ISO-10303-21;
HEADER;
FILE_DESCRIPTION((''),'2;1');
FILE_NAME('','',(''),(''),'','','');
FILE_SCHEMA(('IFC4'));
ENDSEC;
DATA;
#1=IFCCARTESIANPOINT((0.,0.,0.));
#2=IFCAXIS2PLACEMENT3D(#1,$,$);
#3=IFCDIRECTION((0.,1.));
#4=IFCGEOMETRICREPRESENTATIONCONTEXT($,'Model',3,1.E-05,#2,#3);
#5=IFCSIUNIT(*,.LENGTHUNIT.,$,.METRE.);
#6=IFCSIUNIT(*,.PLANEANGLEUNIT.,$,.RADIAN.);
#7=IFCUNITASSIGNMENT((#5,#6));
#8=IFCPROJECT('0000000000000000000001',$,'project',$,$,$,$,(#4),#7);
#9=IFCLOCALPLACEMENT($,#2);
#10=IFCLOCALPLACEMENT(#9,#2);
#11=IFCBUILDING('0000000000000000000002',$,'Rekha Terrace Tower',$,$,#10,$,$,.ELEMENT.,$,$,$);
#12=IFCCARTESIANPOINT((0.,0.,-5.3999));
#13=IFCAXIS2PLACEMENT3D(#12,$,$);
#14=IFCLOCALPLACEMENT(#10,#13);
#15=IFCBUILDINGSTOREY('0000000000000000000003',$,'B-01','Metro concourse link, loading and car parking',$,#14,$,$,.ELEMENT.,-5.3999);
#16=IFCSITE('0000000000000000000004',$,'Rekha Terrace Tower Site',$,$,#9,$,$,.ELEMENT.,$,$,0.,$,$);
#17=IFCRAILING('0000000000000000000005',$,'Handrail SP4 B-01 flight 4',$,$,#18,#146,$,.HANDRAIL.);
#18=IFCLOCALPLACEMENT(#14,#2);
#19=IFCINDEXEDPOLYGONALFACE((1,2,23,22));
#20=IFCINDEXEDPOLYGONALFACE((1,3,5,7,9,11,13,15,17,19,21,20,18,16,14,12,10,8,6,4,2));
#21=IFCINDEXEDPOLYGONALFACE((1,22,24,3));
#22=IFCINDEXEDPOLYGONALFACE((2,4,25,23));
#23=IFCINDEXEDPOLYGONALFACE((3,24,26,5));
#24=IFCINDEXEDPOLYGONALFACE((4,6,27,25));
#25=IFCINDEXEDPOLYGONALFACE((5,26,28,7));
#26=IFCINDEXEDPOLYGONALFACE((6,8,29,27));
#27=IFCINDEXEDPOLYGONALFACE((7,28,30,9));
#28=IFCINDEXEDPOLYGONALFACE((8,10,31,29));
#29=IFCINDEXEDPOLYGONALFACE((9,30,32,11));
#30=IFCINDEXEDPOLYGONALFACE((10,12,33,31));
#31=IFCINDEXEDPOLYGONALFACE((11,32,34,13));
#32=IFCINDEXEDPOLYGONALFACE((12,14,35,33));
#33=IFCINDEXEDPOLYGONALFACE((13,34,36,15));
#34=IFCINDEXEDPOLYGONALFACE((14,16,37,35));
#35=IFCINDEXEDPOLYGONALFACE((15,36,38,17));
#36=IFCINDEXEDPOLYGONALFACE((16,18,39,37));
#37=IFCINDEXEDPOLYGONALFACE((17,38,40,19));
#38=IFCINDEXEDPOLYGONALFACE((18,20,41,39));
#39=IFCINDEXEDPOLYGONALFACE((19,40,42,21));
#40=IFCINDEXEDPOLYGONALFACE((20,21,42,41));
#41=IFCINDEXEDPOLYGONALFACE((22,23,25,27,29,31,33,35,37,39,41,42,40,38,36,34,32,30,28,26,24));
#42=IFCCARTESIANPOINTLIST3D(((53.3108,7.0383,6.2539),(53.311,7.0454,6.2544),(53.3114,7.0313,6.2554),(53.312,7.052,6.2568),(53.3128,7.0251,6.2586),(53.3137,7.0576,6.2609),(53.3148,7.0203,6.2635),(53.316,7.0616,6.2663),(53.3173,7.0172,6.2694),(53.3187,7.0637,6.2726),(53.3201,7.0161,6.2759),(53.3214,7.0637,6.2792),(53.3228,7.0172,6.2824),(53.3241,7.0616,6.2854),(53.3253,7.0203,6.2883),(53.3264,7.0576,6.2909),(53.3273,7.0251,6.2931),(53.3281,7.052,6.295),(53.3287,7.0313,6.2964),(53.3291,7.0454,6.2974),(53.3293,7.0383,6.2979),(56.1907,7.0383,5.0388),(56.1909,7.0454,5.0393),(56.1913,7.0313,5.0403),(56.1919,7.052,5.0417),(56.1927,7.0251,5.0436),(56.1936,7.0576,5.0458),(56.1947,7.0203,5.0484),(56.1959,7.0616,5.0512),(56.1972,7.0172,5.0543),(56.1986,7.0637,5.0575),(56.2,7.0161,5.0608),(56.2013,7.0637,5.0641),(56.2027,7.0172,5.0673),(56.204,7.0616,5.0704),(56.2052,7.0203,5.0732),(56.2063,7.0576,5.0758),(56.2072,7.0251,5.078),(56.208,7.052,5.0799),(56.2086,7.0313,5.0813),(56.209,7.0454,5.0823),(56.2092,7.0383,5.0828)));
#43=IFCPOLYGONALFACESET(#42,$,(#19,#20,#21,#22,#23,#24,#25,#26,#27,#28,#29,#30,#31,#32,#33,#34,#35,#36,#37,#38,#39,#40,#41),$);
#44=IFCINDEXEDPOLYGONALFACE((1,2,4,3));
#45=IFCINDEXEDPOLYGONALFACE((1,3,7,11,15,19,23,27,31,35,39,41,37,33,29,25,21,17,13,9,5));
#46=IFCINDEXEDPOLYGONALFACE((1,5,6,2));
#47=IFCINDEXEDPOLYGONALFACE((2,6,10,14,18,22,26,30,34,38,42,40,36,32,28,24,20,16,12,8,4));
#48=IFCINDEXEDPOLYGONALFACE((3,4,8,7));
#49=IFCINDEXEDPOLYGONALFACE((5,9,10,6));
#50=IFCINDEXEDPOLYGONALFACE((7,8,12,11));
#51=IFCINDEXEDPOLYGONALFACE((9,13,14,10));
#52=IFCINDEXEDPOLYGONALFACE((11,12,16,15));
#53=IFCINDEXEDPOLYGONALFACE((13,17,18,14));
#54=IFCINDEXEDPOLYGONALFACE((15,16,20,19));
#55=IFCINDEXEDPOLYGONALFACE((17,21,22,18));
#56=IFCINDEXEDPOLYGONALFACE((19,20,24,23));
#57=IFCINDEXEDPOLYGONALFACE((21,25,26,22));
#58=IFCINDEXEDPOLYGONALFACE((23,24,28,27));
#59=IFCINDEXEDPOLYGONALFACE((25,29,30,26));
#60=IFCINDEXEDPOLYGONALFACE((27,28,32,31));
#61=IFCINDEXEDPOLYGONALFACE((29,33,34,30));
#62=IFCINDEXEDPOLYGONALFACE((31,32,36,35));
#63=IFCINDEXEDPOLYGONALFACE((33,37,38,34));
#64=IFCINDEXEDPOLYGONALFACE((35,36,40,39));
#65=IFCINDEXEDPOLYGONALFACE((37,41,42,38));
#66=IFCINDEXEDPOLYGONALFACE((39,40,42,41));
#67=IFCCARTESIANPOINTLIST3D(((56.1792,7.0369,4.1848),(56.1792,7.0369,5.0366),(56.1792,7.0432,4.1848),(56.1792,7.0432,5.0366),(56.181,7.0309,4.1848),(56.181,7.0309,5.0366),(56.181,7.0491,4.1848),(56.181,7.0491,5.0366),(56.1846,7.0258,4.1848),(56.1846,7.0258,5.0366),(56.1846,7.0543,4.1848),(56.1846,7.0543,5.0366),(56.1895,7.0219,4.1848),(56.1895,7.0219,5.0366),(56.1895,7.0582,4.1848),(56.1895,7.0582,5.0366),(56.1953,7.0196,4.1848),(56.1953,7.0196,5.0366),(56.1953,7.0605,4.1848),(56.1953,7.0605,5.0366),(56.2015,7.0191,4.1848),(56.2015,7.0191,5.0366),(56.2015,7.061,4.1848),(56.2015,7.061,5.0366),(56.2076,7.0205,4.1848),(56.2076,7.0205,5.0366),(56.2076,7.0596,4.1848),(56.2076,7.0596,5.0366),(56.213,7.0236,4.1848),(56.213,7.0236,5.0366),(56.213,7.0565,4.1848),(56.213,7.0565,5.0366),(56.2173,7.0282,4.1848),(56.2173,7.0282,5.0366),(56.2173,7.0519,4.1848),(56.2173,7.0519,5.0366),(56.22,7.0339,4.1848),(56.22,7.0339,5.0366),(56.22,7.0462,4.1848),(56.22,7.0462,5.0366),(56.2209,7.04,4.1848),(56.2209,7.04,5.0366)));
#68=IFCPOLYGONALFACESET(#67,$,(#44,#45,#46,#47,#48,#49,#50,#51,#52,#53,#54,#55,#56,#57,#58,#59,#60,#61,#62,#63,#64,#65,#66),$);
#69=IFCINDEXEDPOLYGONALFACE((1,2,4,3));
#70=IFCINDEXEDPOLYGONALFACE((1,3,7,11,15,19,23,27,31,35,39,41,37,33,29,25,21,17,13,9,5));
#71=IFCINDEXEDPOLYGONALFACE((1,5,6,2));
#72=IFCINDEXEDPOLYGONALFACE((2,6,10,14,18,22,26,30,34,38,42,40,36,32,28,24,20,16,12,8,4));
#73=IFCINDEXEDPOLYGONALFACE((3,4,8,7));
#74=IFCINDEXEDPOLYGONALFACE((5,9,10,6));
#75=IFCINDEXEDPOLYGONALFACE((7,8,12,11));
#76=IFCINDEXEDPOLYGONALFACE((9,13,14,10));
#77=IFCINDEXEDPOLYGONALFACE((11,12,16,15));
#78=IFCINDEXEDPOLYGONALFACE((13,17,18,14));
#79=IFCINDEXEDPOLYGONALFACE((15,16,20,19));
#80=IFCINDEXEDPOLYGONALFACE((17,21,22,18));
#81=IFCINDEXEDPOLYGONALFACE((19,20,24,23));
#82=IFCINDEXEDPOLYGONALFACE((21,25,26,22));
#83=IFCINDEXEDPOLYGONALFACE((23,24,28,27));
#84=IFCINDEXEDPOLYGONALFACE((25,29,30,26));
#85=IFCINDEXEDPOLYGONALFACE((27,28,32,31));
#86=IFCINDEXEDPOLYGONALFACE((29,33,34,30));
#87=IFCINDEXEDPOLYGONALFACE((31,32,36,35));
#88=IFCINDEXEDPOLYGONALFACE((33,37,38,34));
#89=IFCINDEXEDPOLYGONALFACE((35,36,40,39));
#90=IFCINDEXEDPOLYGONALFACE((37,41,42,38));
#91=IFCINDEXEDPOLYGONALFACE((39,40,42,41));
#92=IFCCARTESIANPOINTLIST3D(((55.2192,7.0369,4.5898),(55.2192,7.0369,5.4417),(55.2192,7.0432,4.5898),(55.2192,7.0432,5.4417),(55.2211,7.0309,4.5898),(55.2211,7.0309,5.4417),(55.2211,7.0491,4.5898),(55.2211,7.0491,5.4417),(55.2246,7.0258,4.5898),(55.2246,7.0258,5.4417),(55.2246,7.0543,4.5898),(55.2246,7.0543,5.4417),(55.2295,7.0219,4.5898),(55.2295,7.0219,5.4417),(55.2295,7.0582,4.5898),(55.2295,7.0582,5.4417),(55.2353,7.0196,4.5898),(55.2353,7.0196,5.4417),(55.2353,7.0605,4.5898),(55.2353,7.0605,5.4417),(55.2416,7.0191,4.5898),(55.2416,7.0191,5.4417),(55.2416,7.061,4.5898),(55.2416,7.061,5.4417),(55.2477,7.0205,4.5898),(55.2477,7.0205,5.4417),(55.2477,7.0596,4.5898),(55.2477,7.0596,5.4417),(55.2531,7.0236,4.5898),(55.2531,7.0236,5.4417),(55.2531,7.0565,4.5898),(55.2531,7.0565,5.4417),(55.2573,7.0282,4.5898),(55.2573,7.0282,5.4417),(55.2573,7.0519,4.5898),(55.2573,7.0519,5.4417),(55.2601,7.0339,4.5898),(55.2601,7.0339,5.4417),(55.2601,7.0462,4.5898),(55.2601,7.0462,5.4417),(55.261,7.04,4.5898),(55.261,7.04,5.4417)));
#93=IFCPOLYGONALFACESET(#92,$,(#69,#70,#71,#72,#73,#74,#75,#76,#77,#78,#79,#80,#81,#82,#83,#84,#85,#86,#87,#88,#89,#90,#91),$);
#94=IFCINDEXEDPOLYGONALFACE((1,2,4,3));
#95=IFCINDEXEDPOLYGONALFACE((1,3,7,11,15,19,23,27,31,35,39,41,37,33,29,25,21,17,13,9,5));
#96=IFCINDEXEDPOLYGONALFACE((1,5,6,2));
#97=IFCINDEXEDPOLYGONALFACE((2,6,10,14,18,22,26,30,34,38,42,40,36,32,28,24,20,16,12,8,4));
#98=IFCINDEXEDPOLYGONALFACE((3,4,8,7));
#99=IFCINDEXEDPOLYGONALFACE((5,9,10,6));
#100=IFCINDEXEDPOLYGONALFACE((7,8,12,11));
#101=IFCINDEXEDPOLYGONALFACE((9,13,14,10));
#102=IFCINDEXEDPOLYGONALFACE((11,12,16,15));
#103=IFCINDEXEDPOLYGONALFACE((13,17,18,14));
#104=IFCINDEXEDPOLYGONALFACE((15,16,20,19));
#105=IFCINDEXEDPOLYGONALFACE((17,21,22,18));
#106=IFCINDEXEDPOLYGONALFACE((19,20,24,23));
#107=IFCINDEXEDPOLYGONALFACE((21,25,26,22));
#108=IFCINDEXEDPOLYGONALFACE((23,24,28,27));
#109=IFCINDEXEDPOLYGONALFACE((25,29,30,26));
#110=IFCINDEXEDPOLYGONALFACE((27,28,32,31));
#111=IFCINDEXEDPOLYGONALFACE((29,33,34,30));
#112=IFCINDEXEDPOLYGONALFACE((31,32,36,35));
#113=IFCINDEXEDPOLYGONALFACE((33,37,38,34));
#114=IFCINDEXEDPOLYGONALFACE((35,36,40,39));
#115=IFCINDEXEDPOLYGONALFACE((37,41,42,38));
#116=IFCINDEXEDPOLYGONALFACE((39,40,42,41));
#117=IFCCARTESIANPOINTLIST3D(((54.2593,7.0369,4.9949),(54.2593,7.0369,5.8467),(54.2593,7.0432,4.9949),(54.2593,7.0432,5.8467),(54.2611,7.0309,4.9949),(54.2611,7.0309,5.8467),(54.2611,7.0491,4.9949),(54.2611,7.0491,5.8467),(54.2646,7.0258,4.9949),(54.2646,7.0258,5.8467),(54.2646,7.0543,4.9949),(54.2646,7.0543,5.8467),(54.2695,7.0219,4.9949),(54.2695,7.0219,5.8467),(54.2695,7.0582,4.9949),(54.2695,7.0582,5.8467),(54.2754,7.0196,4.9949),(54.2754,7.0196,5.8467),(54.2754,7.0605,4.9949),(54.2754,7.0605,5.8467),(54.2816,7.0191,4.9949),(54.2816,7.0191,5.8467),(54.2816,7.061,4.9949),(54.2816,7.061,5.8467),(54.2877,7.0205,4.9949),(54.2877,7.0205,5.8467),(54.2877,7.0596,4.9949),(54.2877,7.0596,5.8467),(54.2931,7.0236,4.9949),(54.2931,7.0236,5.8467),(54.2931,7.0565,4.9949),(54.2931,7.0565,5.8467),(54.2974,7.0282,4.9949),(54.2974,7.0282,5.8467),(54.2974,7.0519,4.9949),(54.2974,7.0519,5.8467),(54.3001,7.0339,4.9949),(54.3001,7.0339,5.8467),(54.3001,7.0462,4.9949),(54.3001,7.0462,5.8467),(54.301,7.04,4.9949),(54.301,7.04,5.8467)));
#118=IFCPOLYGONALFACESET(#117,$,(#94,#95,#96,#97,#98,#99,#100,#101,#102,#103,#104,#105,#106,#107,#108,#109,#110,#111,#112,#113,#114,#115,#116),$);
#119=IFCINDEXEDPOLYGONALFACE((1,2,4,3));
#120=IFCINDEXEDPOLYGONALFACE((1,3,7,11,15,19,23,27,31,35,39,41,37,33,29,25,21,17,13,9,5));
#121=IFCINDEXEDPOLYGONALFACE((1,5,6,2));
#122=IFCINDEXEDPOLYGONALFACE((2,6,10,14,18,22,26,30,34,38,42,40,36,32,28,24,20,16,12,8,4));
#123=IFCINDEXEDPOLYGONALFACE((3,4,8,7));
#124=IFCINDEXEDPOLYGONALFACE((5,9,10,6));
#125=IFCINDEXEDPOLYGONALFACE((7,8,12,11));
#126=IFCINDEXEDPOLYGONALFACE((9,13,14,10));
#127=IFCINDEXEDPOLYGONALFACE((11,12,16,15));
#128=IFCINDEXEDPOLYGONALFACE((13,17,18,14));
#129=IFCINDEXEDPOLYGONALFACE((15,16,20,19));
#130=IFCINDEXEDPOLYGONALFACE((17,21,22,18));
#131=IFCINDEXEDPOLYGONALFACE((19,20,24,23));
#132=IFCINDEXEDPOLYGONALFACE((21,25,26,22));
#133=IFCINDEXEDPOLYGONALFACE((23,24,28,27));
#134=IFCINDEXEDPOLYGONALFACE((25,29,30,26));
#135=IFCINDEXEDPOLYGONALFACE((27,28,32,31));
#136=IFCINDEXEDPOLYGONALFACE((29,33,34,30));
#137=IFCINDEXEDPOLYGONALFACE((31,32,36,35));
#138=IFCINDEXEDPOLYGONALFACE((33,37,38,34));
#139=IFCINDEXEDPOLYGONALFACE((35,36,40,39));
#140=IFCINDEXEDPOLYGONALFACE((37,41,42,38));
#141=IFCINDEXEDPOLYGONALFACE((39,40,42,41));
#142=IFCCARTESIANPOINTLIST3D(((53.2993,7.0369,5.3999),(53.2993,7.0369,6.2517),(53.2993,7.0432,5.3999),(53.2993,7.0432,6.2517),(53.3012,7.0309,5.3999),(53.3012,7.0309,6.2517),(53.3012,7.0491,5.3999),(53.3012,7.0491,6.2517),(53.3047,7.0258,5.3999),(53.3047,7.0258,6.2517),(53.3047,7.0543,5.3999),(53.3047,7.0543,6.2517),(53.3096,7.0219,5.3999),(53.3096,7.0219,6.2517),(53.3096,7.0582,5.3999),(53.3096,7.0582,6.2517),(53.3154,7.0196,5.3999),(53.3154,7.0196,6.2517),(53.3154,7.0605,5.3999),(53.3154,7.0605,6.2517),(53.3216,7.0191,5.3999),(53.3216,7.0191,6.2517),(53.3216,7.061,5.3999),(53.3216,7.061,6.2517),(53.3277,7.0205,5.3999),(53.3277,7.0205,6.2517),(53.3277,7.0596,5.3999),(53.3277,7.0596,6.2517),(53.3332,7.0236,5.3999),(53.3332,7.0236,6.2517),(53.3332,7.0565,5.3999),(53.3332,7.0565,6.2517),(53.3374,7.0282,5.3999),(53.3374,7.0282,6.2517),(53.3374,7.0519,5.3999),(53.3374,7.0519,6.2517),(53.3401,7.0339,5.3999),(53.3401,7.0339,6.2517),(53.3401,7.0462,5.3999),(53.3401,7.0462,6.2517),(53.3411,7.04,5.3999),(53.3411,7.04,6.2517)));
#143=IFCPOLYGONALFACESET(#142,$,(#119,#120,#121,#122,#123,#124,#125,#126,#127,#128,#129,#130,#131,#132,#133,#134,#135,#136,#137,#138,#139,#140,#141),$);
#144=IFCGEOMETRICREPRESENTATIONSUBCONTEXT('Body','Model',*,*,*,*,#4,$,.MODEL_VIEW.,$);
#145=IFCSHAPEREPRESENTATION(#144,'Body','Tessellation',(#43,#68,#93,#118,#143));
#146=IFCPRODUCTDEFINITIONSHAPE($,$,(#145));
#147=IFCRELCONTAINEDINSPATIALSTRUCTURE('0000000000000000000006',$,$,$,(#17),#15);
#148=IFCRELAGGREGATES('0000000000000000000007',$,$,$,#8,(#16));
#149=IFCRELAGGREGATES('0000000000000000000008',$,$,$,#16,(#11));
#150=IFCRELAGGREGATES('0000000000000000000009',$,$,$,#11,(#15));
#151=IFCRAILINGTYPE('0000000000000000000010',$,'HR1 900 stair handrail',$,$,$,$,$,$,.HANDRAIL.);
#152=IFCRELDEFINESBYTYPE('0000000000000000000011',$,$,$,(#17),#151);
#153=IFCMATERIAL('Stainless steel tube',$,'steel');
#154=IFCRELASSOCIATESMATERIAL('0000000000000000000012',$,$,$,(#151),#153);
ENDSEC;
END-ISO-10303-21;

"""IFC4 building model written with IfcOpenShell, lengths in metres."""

from ifc_helpers import new_model, si_unit, direction, frame, origin, origin_2d, place, context, subcontext, project, spatial, circle, extrude, material, type_object, element, save


model = new_model("IFC4")

# Units and contexts
model_context = context("Model", 3, precision=1e-05, world=origin(), true_north=direction((0.0, 1.0)))
body_context = subcontext(model_context, "Body", "Model", "MODEL_VIEW")
ifc_project = project(units=[si_unit("LENGTHUNIT", "METRE"), si_unit("PLANEANGLEUNIT", "RADIAN")], contexts=[model_context])

# Site, building, storey
site_placement = place(None, origin())
site = spatial("IfcSite", under=ifc_project, at=site_placement, Name="Rekha Terrace Tower Site", CompositionType="ELEMENT", RefElevation=0.0)
building_placement = place(site_placement, origin())
building = spatial("IfcBuilding", under=site, at=building_placement, Name="Rekha Terrace Tower", CompositionType="ELEMENT")
storey_placement = place(building_placement, frame((0.0, 0.0, -5.3999)))
storey = spatial("IfcBuildingStorey", under=building, at=storey_placement, Name="B-01", Description="Metro concourse link, loading and car parking", CompositionType="ELEMENT", Elevation=-5.3999)

# Railing
ifc_material_1 = material(Name="Stainless steel tube", Category="steel")
railing_type_1 = type_object("IfcRailingType", Name="HR1 900 stair handrail", PredefinedType="HANDRAIL", material=ifc_material_1)
railing_1_placement = place(storey_placement, frame((56.2, 7.04, 4.1848)))
element("IfcRailing", 1, at=railing_1_placement, inside=storey, type_object=railing_type_1, Name="Handrail SP4 B-01 flight 4", PredefinedType="HANDRAIL", context=body_context, shape_type="SweptSolid", body=[
    extrude(circle(Radius=0.0239, at=origin_2d()), frame((0.0, 0.0, 0.876), z_axis=(-0.921348, 0.0, 0.388738), x_axis=(0.0, -1.0, 0.0)), (0.0, 0.0, 1.0), 3.1257),
    extrude(circle(Radius=0.021, at=origin_2d()), origin(), (0.0, 0.0, 1.0), 0.8518),
    extrude(circle(Radius=0.021, at=origin_2d()), frame((-0.96, 0.0, 0.405)), (0.0, 0.0, 1.0), 0.8518),
    extrude(circle(Radius=0.021, at=origin_2d()), frame((-1.9199, 0.0, 0.8101)), (0.0, 0.0, 1.0), 0.8518),
    extrude(circle(Radius=0.021, at=origin_2d()), frame((-2.8799, 0.0, 1.2151)), (0.0, 0.0, 1.0), 0.8518),
])

save(model, "model.ifc")
